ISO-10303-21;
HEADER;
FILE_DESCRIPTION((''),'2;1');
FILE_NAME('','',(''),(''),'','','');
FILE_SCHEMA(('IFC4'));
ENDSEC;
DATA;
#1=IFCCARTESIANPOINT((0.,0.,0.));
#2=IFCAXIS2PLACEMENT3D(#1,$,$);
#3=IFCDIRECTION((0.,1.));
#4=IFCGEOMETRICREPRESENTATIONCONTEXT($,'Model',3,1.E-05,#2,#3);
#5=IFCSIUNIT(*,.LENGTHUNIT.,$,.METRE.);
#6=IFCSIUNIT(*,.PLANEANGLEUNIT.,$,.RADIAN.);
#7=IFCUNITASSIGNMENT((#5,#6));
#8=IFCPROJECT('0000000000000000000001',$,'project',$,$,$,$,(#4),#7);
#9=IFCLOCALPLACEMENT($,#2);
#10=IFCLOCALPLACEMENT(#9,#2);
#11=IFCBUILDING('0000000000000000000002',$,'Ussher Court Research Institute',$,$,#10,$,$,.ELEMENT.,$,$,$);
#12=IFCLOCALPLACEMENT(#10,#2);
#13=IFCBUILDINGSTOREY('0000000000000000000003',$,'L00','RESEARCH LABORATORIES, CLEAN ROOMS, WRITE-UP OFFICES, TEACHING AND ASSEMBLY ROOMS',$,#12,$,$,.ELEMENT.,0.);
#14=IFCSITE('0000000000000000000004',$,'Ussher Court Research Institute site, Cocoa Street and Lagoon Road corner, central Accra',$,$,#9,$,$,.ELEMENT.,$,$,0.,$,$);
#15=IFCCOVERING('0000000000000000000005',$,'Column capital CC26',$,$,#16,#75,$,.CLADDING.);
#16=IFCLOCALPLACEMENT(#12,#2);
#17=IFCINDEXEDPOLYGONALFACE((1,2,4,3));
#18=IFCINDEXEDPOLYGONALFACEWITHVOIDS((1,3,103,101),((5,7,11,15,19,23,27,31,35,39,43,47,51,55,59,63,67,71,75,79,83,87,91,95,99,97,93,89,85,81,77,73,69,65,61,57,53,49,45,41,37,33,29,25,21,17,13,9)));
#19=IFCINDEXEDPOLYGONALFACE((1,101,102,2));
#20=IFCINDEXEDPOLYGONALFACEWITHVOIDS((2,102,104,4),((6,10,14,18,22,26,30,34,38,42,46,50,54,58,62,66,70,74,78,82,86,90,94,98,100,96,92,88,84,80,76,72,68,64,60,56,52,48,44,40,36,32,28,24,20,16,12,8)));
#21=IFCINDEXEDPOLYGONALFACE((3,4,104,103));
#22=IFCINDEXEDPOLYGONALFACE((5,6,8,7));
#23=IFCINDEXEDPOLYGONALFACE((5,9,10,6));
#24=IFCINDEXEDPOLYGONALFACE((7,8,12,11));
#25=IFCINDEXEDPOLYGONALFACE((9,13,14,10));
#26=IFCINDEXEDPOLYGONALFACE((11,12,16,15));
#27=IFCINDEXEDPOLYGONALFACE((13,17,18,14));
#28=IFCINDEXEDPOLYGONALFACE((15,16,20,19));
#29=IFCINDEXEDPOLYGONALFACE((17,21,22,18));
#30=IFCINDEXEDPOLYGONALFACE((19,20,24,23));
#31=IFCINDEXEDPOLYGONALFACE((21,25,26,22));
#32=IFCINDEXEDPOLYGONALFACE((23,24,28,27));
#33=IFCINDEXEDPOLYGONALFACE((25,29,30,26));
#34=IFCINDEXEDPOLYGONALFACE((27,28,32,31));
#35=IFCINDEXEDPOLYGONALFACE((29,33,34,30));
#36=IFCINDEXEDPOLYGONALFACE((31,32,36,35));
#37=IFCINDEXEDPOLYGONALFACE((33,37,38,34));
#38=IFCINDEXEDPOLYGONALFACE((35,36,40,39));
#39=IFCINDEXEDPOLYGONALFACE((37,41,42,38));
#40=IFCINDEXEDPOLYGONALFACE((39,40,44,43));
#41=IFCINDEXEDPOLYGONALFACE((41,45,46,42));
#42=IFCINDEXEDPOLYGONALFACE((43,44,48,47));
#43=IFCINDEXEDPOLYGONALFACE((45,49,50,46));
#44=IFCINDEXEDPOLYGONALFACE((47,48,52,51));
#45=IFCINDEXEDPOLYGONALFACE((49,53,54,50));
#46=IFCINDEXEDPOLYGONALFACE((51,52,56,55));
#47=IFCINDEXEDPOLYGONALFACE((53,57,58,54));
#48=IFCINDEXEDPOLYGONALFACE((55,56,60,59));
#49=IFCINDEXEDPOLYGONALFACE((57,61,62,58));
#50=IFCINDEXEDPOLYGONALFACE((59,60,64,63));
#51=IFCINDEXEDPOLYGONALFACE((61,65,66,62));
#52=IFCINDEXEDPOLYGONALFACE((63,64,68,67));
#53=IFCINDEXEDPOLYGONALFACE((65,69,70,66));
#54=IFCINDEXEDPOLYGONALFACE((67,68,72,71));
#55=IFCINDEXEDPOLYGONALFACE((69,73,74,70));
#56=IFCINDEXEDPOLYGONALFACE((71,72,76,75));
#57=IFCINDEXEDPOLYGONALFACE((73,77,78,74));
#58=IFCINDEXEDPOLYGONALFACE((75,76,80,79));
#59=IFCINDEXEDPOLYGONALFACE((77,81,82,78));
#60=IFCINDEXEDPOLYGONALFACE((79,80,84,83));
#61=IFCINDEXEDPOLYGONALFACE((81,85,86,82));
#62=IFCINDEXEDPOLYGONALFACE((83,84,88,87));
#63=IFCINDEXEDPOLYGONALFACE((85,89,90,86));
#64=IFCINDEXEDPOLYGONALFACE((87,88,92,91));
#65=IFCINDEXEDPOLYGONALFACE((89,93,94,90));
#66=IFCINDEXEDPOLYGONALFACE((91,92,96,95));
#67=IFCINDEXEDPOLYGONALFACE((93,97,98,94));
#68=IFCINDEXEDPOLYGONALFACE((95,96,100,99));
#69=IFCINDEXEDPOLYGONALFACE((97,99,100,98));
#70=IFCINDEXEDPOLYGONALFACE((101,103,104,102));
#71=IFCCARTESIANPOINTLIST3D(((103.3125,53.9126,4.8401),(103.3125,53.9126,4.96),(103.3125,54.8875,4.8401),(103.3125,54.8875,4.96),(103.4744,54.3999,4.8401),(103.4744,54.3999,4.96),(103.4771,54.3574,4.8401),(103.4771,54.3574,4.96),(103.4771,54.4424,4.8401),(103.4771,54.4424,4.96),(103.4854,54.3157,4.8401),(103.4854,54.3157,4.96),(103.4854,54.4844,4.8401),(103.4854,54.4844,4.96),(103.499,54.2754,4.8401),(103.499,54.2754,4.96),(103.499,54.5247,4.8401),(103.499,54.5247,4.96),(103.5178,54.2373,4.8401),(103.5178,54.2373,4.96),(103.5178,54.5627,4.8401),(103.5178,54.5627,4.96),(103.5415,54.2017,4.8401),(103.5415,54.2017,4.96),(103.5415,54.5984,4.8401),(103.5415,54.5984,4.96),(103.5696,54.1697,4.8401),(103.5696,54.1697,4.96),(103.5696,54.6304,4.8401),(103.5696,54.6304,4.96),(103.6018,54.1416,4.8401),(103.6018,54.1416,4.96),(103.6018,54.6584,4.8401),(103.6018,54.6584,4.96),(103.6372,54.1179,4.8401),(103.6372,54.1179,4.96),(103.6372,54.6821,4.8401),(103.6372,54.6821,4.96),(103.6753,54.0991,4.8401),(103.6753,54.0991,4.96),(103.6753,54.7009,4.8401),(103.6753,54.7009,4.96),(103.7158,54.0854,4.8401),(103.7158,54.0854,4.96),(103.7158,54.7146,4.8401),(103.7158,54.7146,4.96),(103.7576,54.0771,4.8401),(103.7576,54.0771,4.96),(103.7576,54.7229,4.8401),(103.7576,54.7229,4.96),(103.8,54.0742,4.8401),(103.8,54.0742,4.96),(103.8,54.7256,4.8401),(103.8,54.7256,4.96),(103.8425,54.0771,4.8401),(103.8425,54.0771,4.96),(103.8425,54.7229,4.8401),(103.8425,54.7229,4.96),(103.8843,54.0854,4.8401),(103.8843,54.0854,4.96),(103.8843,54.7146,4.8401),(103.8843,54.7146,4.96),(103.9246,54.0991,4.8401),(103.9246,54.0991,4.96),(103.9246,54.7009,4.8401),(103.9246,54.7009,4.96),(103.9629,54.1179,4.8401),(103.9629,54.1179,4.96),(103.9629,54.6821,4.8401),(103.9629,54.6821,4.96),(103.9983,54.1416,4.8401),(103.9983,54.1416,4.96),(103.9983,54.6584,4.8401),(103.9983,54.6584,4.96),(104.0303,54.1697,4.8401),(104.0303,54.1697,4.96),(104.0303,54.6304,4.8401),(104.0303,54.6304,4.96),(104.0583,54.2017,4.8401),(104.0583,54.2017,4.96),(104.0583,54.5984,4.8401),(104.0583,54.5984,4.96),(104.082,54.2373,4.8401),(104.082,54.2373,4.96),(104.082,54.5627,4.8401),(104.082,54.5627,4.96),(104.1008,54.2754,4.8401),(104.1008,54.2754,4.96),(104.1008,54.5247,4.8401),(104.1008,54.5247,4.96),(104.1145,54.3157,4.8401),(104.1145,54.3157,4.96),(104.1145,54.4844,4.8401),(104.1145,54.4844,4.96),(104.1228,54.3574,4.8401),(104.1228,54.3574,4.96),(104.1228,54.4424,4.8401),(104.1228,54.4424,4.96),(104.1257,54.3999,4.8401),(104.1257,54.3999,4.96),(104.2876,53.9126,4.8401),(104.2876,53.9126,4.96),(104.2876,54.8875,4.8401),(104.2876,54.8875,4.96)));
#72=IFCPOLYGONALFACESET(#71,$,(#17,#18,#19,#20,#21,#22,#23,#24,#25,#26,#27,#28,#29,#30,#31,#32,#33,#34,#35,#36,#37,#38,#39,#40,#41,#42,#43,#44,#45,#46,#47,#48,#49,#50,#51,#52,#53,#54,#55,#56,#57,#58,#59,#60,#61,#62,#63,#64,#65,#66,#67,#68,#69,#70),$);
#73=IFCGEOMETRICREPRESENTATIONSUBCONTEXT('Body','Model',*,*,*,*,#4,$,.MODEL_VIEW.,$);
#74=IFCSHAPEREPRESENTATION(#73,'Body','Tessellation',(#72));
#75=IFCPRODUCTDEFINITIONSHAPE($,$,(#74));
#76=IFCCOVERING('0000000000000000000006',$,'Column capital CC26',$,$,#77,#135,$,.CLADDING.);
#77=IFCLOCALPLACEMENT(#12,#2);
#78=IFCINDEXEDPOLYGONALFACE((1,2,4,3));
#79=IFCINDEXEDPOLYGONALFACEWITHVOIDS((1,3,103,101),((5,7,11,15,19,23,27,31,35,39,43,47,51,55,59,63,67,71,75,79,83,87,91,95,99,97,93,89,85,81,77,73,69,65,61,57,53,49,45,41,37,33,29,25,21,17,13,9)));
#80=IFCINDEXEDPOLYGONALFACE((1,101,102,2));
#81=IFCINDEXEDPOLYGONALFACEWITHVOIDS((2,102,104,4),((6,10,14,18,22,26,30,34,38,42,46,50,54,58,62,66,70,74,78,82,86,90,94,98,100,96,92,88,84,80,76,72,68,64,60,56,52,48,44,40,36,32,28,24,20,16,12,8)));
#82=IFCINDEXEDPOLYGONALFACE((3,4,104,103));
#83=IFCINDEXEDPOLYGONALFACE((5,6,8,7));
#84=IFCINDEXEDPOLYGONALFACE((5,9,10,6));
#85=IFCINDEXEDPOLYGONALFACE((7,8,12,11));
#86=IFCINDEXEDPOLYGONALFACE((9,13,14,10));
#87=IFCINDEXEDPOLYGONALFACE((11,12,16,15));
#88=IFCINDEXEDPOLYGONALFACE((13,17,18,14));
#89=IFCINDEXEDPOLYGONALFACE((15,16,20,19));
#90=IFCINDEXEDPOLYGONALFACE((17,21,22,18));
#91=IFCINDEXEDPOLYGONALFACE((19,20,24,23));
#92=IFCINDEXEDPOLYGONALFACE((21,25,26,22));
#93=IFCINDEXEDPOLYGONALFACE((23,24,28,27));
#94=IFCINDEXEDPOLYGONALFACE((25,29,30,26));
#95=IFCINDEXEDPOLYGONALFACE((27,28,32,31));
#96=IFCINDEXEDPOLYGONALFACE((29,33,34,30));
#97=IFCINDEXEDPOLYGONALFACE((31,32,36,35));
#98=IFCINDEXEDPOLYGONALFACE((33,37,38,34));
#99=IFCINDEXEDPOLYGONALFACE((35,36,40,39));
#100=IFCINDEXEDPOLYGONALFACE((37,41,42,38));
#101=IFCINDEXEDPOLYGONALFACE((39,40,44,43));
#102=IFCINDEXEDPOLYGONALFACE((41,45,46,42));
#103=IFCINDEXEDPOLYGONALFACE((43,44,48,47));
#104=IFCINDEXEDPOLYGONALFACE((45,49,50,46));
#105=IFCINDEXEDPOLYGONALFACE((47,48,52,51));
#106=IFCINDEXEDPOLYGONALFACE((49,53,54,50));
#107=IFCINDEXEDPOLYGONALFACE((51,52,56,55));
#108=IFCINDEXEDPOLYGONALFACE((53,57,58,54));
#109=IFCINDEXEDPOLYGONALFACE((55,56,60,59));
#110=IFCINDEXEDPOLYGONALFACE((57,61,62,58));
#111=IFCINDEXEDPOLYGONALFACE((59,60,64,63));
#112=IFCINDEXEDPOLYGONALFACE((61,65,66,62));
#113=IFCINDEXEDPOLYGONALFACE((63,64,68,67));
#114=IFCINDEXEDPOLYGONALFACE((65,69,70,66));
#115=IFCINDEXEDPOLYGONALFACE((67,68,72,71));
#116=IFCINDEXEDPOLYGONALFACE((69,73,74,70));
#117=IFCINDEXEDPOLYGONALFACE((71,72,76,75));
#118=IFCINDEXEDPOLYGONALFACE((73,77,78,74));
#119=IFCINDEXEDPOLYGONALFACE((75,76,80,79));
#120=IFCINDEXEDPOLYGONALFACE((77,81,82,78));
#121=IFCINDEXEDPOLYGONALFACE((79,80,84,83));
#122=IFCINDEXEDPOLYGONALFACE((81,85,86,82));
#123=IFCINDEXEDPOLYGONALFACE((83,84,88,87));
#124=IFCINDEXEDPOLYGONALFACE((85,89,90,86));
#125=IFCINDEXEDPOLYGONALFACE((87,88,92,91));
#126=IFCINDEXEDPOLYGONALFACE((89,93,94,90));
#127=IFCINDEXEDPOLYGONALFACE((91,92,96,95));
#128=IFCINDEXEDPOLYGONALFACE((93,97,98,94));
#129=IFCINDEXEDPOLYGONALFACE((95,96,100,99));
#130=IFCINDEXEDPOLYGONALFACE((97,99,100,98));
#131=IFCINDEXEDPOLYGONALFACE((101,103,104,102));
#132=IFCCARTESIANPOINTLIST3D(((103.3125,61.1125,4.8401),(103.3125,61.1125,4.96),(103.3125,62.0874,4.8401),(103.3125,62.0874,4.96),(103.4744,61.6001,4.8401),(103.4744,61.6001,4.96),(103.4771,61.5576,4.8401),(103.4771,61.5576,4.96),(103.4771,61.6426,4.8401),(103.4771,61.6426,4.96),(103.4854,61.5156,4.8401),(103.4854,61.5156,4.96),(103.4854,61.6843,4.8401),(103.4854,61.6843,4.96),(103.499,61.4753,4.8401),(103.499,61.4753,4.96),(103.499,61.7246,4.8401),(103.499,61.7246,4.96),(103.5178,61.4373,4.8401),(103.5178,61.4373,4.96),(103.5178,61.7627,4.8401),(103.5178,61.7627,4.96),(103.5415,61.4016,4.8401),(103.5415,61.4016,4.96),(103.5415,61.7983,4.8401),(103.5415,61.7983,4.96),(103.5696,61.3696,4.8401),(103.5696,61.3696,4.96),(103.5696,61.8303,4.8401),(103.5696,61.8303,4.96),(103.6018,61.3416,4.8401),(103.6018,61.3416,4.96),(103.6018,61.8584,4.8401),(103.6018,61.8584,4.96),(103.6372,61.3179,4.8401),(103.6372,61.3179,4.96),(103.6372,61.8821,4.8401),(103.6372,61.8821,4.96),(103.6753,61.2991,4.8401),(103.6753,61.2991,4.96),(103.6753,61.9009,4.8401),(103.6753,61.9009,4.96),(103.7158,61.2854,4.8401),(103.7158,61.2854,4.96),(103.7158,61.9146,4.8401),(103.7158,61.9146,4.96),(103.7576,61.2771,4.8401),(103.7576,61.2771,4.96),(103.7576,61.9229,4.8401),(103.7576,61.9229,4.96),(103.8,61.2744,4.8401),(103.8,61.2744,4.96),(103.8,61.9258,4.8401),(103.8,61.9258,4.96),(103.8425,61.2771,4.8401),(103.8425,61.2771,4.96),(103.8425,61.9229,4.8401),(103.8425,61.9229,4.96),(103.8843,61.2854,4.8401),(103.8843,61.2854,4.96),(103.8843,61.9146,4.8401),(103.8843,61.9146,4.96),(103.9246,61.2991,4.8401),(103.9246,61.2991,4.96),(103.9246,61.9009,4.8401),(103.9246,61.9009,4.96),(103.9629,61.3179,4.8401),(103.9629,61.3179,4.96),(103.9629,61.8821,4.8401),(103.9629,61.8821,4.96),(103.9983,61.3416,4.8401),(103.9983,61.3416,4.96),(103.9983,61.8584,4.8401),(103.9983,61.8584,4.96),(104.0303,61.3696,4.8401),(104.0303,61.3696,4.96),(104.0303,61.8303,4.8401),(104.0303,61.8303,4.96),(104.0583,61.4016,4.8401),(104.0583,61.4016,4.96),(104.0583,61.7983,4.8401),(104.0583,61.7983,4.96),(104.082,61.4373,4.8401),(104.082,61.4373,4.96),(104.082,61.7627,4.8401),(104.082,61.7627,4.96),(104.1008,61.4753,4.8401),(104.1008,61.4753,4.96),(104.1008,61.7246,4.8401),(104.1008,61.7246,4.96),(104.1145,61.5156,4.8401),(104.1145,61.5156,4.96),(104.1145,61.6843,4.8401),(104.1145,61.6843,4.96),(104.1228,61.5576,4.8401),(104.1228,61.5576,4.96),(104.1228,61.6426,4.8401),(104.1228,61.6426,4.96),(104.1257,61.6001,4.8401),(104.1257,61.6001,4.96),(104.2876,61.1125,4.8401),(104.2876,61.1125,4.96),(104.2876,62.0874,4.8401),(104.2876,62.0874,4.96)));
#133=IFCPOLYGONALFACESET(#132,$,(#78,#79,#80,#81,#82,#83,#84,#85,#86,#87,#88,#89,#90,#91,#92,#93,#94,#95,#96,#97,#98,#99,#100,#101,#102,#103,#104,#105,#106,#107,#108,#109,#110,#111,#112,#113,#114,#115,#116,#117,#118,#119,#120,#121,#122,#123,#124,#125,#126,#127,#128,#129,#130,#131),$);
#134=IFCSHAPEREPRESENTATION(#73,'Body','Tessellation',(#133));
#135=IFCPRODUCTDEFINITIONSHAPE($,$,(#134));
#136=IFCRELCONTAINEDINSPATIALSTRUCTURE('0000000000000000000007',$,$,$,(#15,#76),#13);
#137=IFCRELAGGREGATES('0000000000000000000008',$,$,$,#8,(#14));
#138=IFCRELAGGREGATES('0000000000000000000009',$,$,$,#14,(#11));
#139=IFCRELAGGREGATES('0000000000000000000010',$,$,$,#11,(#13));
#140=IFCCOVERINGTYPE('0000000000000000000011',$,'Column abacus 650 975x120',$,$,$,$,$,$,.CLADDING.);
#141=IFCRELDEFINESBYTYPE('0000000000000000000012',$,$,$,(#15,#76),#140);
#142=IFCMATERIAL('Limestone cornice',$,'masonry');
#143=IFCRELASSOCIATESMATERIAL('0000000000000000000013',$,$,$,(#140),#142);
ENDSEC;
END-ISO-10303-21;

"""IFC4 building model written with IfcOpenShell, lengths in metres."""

from ifc_helpers import new_model, si_unit, direction, frame, origin, place, context, subcontext, project, spatial, polyline, outline, extrude, material, type_object, element, save


model = new_model("IFC4")

# Units and contexts
model_context = context("Model", 3, precision=1e-05, world=origin(), true_north=direction((0.0, 1.0)))
body_context = subcontext(model_context, "Body", "Model", "MODEL_VIEW")
ifc_project = project(units=[si_unit("LENGTHUNIT", "METRE"), si_unit("PLANEANGLEUNIT", "RADIAN")], contexts=[model_context])

# Site, building, storey
site_placement = place(None, origin())
site = spatial("IfcSite", under=ifc_project, at=site_placement, Name="Ussher Court Research Institute site, Cocoa Street and Lagoon Road corner, central Accra", CompositionType="ELEMENT", RefElevation=0.0)
building_placement = place(site_placement, origin())
building = spatial("IfcBuilding", under=site, at=building_placement, Name="Ussher Court Research Institute", CompositionType="ELEMENT")
storey_placement = place(building_placement, origin())
storey = spatial("IfcBuildingStorey", under=building, at=storey_placement, Name="L00", Description="RESEARCH LABORATORIES, CLEAN ROOMS, WRITE-UP OFFICES, TEACHING AND ASSEMBLY ROOMS", CompositionType="ELEMENT", Elevation=0.0)

# Coverings
ifc_material_1 = material(Name="Limestone cornice", Category="masonry")
covering_type_1 = type_object("IfcCoveringType", Name="Column abacus 650 975x120", PredefinedType="CLADDING", material=ifc_material_1)
covering_1_placement = place(storey_placement, frame((0.0, 0.0, 4.8401)))
element("IfcCovering", 1, at=covering_1_placement, inside=storey, type_object=covering_type_1, Name="Column capital CC26", PredefinedType="CLADDING", context=body_context, shape_type="SweptSolid", body=[
    extrude(outline(polyline([(104.2876, 53.9126), (104.2876, 54.8875), (103.3125, 54.8875), (103.3125, 53.9126), (104.2876, 53.9126)]), holes=[polyline([(104.1257, 54.3999), (104.1228, 54.4424), (104.1145, 54.4844), (104.1008, 54.5247), (104.082, 54.5627), (104.0583, 54.5984), (104.0303, 54.6304), (103.9983, 54.6584), (103.9629, 54.6821), (103.9246, 54.7009), (103.8843, 54.7146), (103.8425, 54.7229), (103.8, 54.7256), (103.7576, 54.7229), (103.7158, 54.7146), (103.6753, 54.7009), (103.6372, 54.6821), (103.6018, 54.6584), (103.5696, 54.6304), (103.5415, 54.5984), (103.5178, 54.5627), (103.499, 54.5247), (103.4854, 54.4844), (103.4771, 54.4424), (103.4744, 54.3999), (103.4771, 54.3574), (103.4854, 54.3157), (103.499, 54.2754), (103.5178, 54.2373), (103.5415, 54.2017), (103.5696, 54.1697), (103.6018, 54.1416), (103.6372, 54.1179), (103.6753, 54.0991), (103.7158, 54.0854), (103.7576, 54.0771), (103.8, 54.0742), (103.8425, 54.0771), (103.8843, 54.0854), (103.9246, 54.0991), (103.9629, 54.1179), (103.9983, 54.1416), (104.0303, 54.1697), (104.0583, 54.2017), (104.082, 54.2373), (104.1008, 54.2754), (104.1145, 54.3157), (104.1228, 54.3574), (104.1257, 54.3999)])]), origin(), (0.0, 0.0, 1.0), 0.1199),
])
covering_2_placement = place(storey_placement, frame((0.0, 0.0, 4.8401)))
element("IfcCovering", 2, at=covering_2_placement, inside=storey, type_object=covering_type_1, Name="Column capital CC26", PredefinedType="CLADDING", context=body_context, shape_type="SweptSolid", body=[
    extrude(outline(polyline([(104.2876, 61.1125), (104.2876, 62.0874), (103.3125, 62.0874), (103.3125, 61.1125), (104.2876, 61.1125)]), holes=[polyline([(104.1257, 61.6001), (104.1228, 61.6426), (104.1145, 61.6843), (104.1008, 61.7246), (104.082, 61.7627), (104.0583, 61.7983), (104.0303, 61.8303), (103.9983, 61.8584), (103.9629, 61.8821), (103.9246, 61.9009), (103.8843, 61.9146), (103.8425, 61.9229), (103.8, 61.9258), (103.7576, 61.9229), (103.7158, 61.9146), (103.6753, 61.9009), (103.6372, 61.8821), (103.6018, 61.8584), (103.5696, 61.8303), (103.5415, 61.7983), (103.5178, 61.7627), (103.499, 61.7246), (103.4854, 61.6843), (103.4771, 61.6426), (103.4744, 61.6001), (103.4771, 61.5576), (103.4854, 61.5156), (103.499, 61.4753), (103.5178, 61.4373), (103.5415, 61.4016), (103.5696, 61.3696), (103.6018, 61.3416), (103.6372, 61.3179), (103.6753, 61.2991), (103.7158, 61.2854), (103.7576, 61.2771), (103.8, 61.2744), (103.8425, 61.2771), (103.8843, 61.2854), (103.9246, 61.2991), (103.9629, 61.3179), (103.9983, 61.3416), (104.0303, 61.3696), (104.0583, 61.4016), (104.082, 61.4373), (104.1008, 61.4753), (104.1145, 61.5156), (104.1228, 61.5576), (104.1257, 61.6001)])]), origin(), (0.0, 0.0, 1.0), 0.1199),
])

save(model, "model.ifc")
